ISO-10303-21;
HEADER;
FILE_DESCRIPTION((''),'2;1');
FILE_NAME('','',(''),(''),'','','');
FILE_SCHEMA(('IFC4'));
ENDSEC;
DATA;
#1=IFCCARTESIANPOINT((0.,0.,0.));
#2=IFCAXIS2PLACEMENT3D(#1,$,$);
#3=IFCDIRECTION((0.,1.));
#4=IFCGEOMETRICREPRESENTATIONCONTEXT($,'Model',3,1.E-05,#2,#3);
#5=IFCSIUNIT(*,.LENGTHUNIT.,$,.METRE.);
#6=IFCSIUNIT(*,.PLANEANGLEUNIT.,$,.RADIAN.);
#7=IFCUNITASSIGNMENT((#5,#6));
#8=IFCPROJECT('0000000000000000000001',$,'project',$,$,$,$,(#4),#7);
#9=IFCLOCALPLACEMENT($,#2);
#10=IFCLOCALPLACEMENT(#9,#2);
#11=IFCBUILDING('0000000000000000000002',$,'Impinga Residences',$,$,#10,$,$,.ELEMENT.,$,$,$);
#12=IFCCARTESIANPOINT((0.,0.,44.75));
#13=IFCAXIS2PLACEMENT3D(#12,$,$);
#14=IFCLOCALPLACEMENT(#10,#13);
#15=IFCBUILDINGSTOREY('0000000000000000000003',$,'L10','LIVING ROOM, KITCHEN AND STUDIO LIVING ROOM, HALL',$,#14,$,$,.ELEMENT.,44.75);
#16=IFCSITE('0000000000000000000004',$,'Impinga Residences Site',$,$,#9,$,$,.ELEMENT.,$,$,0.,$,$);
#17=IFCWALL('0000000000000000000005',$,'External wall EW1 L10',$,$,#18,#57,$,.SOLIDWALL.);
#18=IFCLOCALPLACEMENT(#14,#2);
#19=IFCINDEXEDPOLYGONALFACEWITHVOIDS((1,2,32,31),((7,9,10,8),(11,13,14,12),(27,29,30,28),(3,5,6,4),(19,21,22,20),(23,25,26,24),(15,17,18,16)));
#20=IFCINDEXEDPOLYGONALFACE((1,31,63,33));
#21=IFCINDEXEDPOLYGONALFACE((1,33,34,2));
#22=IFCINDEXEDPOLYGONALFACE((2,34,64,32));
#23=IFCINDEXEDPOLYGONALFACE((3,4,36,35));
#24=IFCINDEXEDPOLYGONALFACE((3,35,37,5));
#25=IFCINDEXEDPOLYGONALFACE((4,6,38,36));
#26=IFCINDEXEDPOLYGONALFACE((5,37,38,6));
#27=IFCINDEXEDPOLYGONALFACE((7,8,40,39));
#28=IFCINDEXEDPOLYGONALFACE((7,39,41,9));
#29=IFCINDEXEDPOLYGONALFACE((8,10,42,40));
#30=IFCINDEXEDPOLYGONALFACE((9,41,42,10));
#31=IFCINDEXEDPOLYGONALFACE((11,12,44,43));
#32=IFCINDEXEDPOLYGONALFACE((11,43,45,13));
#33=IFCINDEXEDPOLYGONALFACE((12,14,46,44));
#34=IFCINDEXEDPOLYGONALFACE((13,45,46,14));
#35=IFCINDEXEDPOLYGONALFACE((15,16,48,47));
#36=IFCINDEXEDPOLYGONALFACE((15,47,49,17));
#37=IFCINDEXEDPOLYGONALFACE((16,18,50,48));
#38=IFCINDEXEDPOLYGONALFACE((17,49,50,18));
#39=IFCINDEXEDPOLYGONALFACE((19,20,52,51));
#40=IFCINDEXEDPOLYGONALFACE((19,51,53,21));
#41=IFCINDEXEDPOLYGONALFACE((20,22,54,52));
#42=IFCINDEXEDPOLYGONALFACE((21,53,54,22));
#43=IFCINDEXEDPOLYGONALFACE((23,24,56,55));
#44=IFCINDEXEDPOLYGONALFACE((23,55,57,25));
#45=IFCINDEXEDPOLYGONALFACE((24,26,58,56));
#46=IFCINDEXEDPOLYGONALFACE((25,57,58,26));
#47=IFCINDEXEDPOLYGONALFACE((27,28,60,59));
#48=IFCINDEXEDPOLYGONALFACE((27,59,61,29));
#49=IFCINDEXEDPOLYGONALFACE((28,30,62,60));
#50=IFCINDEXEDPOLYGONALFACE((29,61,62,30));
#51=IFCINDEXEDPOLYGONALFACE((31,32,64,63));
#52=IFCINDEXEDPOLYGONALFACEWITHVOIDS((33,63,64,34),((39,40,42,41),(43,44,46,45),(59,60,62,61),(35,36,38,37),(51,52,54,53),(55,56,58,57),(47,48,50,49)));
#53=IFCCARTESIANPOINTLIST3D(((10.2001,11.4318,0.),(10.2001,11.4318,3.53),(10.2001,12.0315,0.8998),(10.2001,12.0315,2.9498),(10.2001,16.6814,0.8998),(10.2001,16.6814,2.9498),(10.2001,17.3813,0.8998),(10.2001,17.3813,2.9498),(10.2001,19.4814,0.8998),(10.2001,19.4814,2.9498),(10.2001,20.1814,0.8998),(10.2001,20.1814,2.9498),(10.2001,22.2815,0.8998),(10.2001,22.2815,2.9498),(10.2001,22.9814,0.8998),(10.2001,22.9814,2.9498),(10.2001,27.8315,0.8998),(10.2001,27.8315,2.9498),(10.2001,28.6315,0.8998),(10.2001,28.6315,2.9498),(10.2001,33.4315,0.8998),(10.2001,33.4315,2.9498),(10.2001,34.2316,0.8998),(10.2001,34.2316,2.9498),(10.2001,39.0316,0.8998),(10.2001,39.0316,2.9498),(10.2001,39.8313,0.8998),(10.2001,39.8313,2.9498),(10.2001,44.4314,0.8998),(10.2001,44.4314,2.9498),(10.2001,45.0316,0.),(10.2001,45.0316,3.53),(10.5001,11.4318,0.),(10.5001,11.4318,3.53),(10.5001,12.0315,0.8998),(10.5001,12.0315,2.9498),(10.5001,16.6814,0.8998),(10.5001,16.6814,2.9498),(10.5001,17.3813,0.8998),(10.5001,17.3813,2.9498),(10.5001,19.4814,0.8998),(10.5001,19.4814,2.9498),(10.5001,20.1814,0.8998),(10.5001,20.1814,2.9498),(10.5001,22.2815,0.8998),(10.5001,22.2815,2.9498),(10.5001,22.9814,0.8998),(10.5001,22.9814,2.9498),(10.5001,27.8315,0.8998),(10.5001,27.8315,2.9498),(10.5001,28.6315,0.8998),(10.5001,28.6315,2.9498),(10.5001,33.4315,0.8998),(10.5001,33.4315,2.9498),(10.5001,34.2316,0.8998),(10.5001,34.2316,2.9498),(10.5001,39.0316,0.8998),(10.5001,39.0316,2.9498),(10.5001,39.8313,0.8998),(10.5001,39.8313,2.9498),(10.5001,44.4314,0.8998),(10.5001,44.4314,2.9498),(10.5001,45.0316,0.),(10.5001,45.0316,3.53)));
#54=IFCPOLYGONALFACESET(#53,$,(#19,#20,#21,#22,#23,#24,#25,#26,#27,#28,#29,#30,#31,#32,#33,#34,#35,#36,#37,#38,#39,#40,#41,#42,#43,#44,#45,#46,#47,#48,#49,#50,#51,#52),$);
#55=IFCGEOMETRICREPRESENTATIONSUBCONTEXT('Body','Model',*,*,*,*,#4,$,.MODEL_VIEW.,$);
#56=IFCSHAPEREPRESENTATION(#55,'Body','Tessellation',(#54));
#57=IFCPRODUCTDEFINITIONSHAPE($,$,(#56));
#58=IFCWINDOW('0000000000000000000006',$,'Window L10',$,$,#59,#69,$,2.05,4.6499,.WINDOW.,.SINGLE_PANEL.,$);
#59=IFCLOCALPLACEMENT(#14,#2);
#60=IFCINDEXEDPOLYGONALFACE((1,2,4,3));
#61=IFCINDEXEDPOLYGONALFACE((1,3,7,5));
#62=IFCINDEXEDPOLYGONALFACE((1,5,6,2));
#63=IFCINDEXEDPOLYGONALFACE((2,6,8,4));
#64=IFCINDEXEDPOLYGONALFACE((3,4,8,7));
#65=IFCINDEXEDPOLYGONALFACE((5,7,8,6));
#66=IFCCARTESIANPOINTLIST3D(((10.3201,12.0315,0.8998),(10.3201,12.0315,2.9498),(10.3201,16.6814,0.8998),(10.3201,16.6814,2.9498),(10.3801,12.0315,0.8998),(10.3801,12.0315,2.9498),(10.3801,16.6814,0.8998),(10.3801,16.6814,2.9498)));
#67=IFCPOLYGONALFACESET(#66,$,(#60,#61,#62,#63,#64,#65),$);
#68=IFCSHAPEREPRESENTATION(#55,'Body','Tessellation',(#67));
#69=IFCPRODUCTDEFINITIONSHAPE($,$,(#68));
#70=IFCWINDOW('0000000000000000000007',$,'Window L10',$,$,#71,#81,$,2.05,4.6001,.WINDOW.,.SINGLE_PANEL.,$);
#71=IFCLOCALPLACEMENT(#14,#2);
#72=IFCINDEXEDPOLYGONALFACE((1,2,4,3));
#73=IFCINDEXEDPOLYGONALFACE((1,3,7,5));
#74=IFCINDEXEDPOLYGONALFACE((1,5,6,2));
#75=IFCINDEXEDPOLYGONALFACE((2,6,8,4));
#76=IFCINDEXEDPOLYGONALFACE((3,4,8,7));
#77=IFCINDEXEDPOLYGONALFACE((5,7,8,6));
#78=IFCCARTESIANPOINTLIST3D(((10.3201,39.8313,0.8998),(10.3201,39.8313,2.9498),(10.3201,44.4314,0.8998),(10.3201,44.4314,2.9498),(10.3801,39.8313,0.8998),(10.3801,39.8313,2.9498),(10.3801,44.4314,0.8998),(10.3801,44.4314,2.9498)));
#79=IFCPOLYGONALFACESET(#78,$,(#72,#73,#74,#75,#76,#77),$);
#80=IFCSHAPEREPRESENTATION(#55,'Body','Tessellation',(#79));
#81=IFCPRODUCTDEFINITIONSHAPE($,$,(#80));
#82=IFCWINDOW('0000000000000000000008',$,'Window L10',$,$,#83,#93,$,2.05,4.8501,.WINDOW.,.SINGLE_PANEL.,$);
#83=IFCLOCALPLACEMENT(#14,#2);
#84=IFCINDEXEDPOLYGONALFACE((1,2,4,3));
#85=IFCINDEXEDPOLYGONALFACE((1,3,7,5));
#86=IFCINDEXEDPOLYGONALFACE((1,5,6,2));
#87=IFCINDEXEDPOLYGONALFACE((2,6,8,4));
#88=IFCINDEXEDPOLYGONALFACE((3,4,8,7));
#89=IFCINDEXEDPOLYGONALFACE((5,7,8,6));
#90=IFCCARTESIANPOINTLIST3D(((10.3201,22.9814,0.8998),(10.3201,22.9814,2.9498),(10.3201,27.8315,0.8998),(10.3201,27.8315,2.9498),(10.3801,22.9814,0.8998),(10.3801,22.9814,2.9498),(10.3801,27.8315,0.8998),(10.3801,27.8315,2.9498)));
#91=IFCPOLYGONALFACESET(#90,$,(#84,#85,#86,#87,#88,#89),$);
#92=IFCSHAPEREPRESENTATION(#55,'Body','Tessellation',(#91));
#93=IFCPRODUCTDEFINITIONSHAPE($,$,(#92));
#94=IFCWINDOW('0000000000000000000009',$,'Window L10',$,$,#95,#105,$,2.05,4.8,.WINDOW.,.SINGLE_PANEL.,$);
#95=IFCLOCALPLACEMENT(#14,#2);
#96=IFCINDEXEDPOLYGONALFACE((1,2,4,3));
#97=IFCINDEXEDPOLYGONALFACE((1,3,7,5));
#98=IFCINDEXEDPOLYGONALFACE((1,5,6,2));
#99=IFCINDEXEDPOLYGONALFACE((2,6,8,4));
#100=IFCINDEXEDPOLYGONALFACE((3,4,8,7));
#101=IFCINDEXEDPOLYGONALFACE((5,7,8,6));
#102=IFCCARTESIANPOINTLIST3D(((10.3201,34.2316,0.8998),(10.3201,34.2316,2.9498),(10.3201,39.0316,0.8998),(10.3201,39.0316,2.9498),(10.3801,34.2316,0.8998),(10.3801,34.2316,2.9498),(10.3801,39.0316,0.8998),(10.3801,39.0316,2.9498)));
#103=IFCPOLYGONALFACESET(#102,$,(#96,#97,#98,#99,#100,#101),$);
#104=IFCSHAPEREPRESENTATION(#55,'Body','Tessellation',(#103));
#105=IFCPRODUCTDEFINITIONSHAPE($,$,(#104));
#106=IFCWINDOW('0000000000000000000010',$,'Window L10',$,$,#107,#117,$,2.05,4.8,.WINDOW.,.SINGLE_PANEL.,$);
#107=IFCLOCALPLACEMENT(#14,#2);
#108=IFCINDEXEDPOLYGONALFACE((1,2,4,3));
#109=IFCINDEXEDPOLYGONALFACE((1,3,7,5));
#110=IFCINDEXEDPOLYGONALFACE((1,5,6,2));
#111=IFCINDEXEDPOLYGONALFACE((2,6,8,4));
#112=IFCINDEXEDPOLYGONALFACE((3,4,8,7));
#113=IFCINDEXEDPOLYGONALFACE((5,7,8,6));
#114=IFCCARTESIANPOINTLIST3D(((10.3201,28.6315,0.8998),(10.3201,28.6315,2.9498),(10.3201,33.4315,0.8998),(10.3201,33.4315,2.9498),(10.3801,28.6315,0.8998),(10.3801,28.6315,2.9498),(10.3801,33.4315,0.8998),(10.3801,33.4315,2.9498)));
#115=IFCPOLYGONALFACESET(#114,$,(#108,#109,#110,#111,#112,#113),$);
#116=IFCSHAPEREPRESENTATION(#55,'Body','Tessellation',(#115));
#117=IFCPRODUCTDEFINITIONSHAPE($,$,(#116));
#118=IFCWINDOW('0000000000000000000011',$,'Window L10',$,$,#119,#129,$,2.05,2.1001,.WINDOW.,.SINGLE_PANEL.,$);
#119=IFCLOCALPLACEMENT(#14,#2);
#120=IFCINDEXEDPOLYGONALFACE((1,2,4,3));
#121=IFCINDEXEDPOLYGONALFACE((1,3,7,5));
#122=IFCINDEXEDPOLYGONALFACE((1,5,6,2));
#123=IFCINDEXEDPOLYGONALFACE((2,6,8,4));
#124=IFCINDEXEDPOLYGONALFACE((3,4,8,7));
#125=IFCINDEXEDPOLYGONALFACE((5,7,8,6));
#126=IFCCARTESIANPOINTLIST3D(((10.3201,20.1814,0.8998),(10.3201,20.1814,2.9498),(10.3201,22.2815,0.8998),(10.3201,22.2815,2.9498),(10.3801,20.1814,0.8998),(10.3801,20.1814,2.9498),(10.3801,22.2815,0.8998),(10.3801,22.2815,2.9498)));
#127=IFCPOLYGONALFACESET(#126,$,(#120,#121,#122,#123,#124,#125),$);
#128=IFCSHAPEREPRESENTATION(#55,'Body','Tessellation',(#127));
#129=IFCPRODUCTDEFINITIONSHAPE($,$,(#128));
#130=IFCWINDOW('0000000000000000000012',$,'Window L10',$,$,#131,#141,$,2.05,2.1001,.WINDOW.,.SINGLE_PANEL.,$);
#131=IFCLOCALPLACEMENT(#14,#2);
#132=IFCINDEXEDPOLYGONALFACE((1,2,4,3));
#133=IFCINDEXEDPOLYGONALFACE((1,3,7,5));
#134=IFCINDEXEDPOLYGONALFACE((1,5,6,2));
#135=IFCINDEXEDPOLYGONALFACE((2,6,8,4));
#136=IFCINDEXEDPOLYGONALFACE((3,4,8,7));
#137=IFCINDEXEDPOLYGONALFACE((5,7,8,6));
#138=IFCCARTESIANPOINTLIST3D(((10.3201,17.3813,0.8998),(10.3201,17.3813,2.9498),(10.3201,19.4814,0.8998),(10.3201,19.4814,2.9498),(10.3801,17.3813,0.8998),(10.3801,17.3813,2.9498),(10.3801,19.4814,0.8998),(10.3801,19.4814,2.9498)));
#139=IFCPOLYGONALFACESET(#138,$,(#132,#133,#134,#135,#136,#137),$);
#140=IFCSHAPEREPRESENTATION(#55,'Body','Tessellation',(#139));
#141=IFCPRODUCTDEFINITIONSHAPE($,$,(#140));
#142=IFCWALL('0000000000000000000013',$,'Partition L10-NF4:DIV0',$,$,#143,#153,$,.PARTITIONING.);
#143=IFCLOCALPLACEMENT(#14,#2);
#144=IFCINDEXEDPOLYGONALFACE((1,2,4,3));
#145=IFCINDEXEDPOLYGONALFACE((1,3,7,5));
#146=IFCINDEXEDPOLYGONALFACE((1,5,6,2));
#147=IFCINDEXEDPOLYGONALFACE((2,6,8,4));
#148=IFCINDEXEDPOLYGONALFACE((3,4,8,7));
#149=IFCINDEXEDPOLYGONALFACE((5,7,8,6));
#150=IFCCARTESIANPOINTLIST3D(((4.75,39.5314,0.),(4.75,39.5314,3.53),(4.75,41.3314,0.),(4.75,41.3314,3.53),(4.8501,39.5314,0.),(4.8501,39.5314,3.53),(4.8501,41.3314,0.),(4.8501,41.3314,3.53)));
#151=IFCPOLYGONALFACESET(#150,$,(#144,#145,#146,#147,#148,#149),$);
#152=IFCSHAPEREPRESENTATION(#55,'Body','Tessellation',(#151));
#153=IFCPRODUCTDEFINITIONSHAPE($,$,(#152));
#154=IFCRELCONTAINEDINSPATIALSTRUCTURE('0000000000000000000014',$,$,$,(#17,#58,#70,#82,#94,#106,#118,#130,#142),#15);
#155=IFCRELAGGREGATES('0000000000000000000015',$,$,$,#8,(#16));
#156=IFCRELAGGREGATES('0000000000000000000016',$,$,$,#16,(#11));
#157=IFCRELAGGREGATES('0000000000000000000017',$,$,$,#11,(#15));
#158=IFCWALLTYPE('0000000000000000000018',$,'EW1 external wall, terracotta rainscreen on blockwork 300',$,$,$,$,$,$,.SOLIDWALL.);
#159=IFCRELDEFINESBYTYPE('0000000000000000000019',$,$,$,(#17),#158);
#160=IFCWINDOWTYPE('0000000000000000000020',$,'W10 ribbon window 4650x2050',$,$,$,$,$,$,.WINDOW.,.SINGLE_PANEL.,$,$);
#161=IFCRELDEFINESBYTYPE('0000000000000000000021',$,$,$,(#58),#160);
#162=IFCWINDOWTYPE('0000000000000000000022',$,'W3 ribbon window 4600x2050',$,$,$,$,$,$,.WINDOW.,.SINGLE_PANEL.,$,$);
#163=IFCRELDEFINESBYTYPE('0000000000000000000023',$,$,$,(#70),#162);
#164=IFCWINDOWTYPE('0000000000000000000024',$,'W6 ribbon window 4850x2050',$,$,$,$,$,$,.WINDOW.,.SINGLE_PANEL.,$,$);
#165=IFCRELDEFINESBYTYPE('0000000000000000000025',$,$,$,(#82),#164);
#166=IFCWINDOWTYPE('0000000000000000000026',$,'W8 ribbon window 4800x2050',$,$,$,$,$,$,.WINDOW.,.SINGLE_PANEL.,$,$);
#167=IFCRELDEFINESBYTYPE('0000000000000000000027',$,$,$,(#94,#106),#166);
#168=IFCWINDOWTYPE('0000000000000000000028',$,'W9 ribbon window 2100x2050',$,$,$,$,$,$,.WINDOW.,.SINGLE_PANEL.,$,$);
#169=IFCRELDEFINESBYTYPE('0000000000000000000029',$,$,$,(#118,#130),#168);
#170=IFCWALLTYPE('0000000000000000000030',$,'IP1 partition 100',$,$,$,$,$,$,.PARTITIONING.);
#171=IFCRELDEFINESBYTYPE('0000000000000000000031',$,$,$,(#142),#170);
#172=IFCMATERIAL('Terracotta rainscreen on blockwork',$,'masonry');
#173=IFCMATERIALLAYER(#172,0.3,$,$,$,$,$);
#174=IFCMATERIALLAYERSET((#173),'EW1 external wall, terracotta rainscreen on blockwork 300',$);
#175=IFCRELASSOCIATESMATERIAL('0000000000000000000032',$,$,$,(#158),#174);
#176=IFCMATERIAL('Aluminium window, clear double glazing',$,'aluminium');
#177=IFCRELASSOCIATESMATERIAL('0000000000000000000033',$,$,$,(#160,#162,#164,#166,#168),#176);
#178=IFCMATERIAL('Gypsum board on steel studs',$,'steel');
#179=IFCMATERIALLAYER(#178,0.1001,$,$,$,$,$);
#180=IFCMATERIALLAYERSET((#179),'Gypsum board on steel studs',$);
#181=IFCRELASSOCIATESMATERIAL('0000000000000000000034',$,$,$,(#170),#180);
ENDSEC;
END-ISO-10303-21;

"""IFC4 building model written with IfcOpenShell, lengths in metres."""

from ifc_helpers import new_model, si_unit, direction, frame, frame_2d, origin, place, context, subcontext, project, spatial, rectangle, extrude, material, layer, layer_set, type_object, element, fill, save


model = new_model("IFC4")

# Units and contexts
model_context = context("Model", 3, precision=1e-05, world=origin(), true_north=direction((0.0, 1.0)))
body_context = subcontext(model_context, "Body", "Model", "MODEL_VIEW")
ifc_project = project(units=[si_unit("LENGTHUNIT", "METRE"), si_unit("PLANEANGLEUNIT", "RADIAN")], contexts=[model_context])

# Site, building, storey
site_placement = place(None, origin())
site = spatial("IfcSite", under=ifc_project, at=site_placement, Name="Impinga Residences Site", CompositionType="ELEMENT", RefElevation=0.0)
building_placement = place(site_placement, origin())
building = spatial("IfcBuilding", under=site, at=building_placement, Name="Impinga Residences", CompositionType="ELEMENT")
storey_placement = place(building_placement, frame((0.0, 0.0, 44.75)))
storey = spatial("IfcBuildingStorey", under=building, at=storey_placement, Name="L10", Description="LIVING ROOM, KITCHEN AND STUDIO LIVING ROOM, HALL", CompositionType="ELEMENT", Elevation=44.75)

# Shared definitions
ifc_material_1 = material(Name="Terracotta rainscreen on blockwork", Category="masonry")
ifc_layer_1 = layer(ifc_material_1, 0.3)
ifc_layer_set_1 = layer_set([ifc_layer_1], Name="EW1 external wall, terracotta rainscreen on blockwork 300")
wall_type_1 = type_object("IfcWallType", Name="EW1 external wall, terracotta rainscreen on blockwork 300", PredefinedType="SOLIDWALL", material=ifc_layer_set_1)

# Wall, openings, windows
wall_1_placement = place(storey_placement, frame((10.3501, 45.0315, 0.0), z_axis=(0.0, 0.0, 1.0), x_axis=(0.0, -1.0, 0.0)))
wall_1 = element("IfcWall", 1, at=wall_1_placement, inside=storey, type_object=wall_type_1, Name="External wall EW1 L10", PredefinedType="SOLIDWALL", context=body_context, shape_type="SweptSolid", body=[
    extrude(rectangle(XDim=33.5999, YDim=0.3, at=frame_2d((16.7998, 0.0))), origin(), (0.0, 0.0, 1.0), 3.53),
])
opening_1_placement = place(wall_1_placement, frame((0.6001, 0.0, 0.8999)))
opening_1 = element("IfcOpeningElement", 2, at=opening_1_placement, cuts=wall_1, PredefinedType="OPENING", context=body_context, shape_type="SweptSolid", body=[
    extrude(rectangle(XDim=4.6001, YDim=2.05, at=frame_2d((2.3, 1.0249))), frame((0.0, 0.1599, 0.0), z_axis=(0.0, -1.0, 0.0), x_axis=(1.0, 0.0, 0.0)), (0.0, 0.0, 1.0), 0.3201),
])
opening_2_placement = place(wall_1_placement, frame((6.0, 0.0, 0.8999)))
opening_2 = element("IfcOpeningElement", 3, at=opening_2_placement, cuts=wall_1, PredefinedType="OPENING", context=body_context, shape_type="SweptSolid", body=[
    extrude(rectangle(XDim=4.8, YDim=2.05, at=frame_2d((2.3999, 1.0249))), frame((0.0, 0.1599, 0.0), z_axis=(0.0, -1.0, 0.0), x_axis=(1.0, 0.0, 0.0)), (0.0, 0.0, 1.0), 0.3201),
])
opening_3_placement = place(wall_1_placement, frame((11.6001, 0.0, 0.8999)))
opening_3 = element("IfcOpeningElement", 4, at=opening_3_placement, cuts=wall_1, PredefinedType="OPENING", context=body_context, shape_type="SweptSolid", body=[
    extrude(rectangle(XDim=4.8, YDim=2.05, at=frame_2d((2.3999, 1.0249))), frame((0.0, 0.1599, 0.0), z_axis=(0.0, -1.0, 0.0), x_axis=(1.0, 0.0, 0.0)), (0.0, 0.0, 1.0), 0.3201),
])
opening_4_placement = place(wall_1_placement, frame((17.2, 0.0, 0.8999)))
opening_4 = element("IfcOpeningElement", 5, at=opening_4_placement, cuts=wall_1, PredefinedType="OPENING", context=body_context, shape_type="SweptSolid", body=[
    extrude(rectangle(XDim=4.8501, YDim=2.05, at=frame_2d((2.425, 1.0249))), frame((0.0, 0.1599, 0.0), z_axis=(0.0, -1.0, 0.0), x_axis=(1.0, 0.0, 0.0)), (0.0, 0.0, 1.0), 0.3201),
])
opening_5_placement = place(wall_1_placement, frame((22.75, 0.0, 0.8999)))
opening_5 = element("IfcOpeningElement", 6, at=opening_5_placement, cuts=wall_1, PredefinedType="OPENING", context=body_context, shape_type="SweptSolid", body=[
    extrude(rectangle(XDim=2.1001, YDim=2.05, at=frame_2d((1.05, 1.0249))), frame((0.0, 0.1599, 0.0), z_axis=(0.0, -1.0, 0.0), x_axis=(1.0, 0.0, 0.0)), (0.0, 0.0, 1.0), 0.3201),
])
opening_6_placement = place(wall_1_placement, frame((25.55, 0.0, 0.8999)))
opening_6 = element("IfcOpeningElement", 7, at=opening_6_placement, cuts=wall_1, PredefinedType="OPENING", context=body_context, shape_type="SweptSolid", body=[
    extrude(rectangle(XDim=2.1001, YDim=2.05, at=frame_2d((1.05, 1.0249))), frame((0.0, 0.1599, 0.0), z_axis=(0.0, -1.0, 0.0), x_axis=(1.0, 0.0, 0.0)), (0.0, 0.0, 1.0), 0.3201),
])
opening_7_placement = place(wall_1_placement, frame((28.3501, 0.0, 0.8999)))
opening_7 = element("IfcOpeningElement", 8, at=opening_7_placement, cuts=wall_1, PredefinedType="OPENING", context=body_context, shape_type="SweptSolid", body=[
    extrude(rectangle(XDim=4.6499, YDim=2.05, at=frame_2d((2.325, 1.0249))), frame((0.0, 0.1599, 0.0), z_axis=(0.0, -1.0, 0.0), x_axis=(1.0, 0.0, 0.0)), (0.0, 0.0, 1.0), 0.3201),
])
ifc_material_2 = material(Name="Aluminium window, clear double glazing", Category="aluminium")
window_type_1 = type_object("IfcWindowType", Name="W10 ribbon window 4650x2050", PartitioningType="SINGLE_PANEL", PredefinedType="WINDOW", material=ifc_material_2)
window_1_placement = place(opening_7_placement, origin())
window_1 = element("IfcWindow", 9, at=window_1_placement, inside=storey, type_object=window_type_1, Name="Window L10", OverallHeight=2.05, OverallWidth=4.6499, PartitioningType="SINGLE_PANEL", PredefinedType="WINDOW", context=body_context, shape_type="SweptSolid", body=[
    extrude(rectangle(XDim=4.6499, YDim=2.05, at=frame_2d((2.325, 1.0249))), frame((0.0, 0.03, 0.0), z_axis=(0.0, -1.0, 0.0), x_axis=(1.0, 0.0, 0.0)), (0.0, 0.0, 1.0), 0.0601),
])
fill(opening_7, window_1)
window_type_2 = type_object("IfcWindowType", Name="W3 ribbon window 4600x2050", PartitioningType="SINGLE_PANEL", PredefinedType="WINDOW", material=ifc_material_2)
window_2_placement = place(opening_1_placement, origin())
window_2 = element("IfcWindow", 10, at=window_2_placement, inside=storey, type_object=window_type_2, Name="Window L10", OverallHeight=2.05, OverallWidth=4.6001, PartitioningType="SINGLE_PANEL", PredefinedType="WINDOW", context=body_context, shape_type="SweptSolid", body=[
    extrude(rectangle(XDim=4.6001, YDim=2.05, at=frame_2d((2.3, 1.0249))), frame((0.0, 0.03, 0.0), z_axis=(0.0, -1.0, 0.0), x_axis=(1.0, 0.0, 0.0)), (0.0, 0.0, 1.0), 0.0601),
])
fill(opening_1, window_2)
window_type_3 = type_object("IfcWindowType", Name="W6 ribbon window 4850x2050", PartitioningType="SINGLE_PANEL", PredefinedType="WINDOW", material=ifc_material_2)
window_3_placement = place(opening_4_placement, origin())
window_3 = element("IfcWindow", 11, at=window_3_placement, inside=storey, type_object=window_type_3, Name="Window L10", OverallHeight=2.05, OverallWidth=4.8501, PartitioningType="SINGLE_PANEL", PredefinedType="WINDOW", context=body_context, shape_type="SweptSolid", body=[
    extrude(rectangle(XDim=4.8501, YDim=2.05, at=frame_2d((2.425, 1.0249))), frame((0.0, 0.03, 0.0), z_axis=(0.0, -1.0, 0.0), x_axis=(1.0, 0.0, 0.0)), (0.0, 0.0, 1.0), 0.0601),
])
fill(opening_4, window_3)
window_type_4 = type_object("IfcWindowType", Name="W8 ribbon window 4800x2050", PartitioningType="SINGLE_PANEL", PredefinedType="WINDOW", material=ifc_material_2)
window_4_placement = place(opening_2_placement, origin())
window_4 = element("IfcWindow", 12, at=window_4_placement, inside=storey, type_object=window_type_4, Name="Window L10", OverallHeight=2.05, OverallWidth=4.8, PartitioningType="SINGLE_PANEL", PredefinedType="WINDOW", context=body_context, shape_type="SweptSolid", body=[
    extrude(rectangle(XDim=4.8, YDim=2.05, at=frame_2d((2.3999, 1.0249))), frame((0.0, 0.03, 0.0), z_axis=(0.0, -1.0, 0.0), x_axis=(1.0, 0.0, 0.0)), (0.0, 0.0, 1.0), 0.0601),
])
fill(opening_2, window_4)
window_5_placement = place(opening_3_placement, origin())
window_5 = element("IfcWindow", 13, at=window_5_placement, inside=storey, type_object=window_type_4, Name="Window L10", OverallHeight=2.05, OverallWidth=4.8, PartitioningType="SINGLE_PANEL", PredefinedType="WINDOW", context=body_context, shape_type="SweptSolid", body=[
    extrude(rectangle(XDim=4.8, YDim=2.05, at=frame_2d((2.3999, 1.0249))), frame((0.0, 0.03, 0.0), z_axis=(0.0, -1.0, 0.0), x_axis=(1.0, 0.0, 0.0)), (0.0, 0.0, 1.0), 0.0601),
])
fill(opening_3, window_5)
window_type_5 = type_object("IfcWindowType", Name="W9 ribbon window 2100x2050", PartitioningType="SINGLE_PANEL", PredefinedType="WINDOW", material=ifc_material_2)
window_6_placement = place(opening_5_placement, origin())
window_6 = element("IfcWindow", 14, at=window_6_placement, inside=storey, type_object=window_type_5, Name="Window L10", OverallHeight=2.05, OverallWidth=2.1001, PartitioningType="SINGLE_PANEL", PredefinedType="WINDOW", context=body_context, shape_type="SweptSolid", body=[
    extrude(rectangle(XDim=2.1001, YDim=2.05, at=frame_2d((1.05, 1.0249))), frame((0.0, 0.03, 0.0), z_axis=(0.0, -1.0, 0.0), x_axis=(1.0, 0.0, 0.0)), (0.0, 0.0, 1.0), 0.0601),
])
fill(opening_5, window_6)
window_7_placement = place(opening_6_placement, origin())
window_7 = element("IfcWindow", 15, at=window_7_placement, inside=storey, type_object=window_type_5, Name="Window L10", OverallHeight=2.05, OverallWidth=2.1001, PartitioningType="SINGLE_PANEL", PredefinedType="WINDOW", context=body_context, shape_type="SweptSolid", body=[
    extrude(rectangle(XDim=2.1001, YDim=2.05, at=frame_2d((1.05, 1.0249))), frame((0.0, 0.03, 0.0), z_axis=(0.0, -1.0, 0.0), x_axis=(1.0, 0.0, 0.0)), (0.0, 0.0, 1.0), 0.0601),
])
fill(opening_6, window_7)

# Wall
ifc_material_3 = material(Name="Gypsum board on steel studs", Category="steel")
ifc_layer_2 = layer(ifc_material_3, 0.1001)
ifc_layer_set_2 = layer_set([ifc_layer_2], Name="Gypsum board on steel studs")
wall_type_2 = type_object("IfcWallType", Name="IP1 partition 100", PredefinedType="PARTITIONING", material=ifc_layer_set_2)
wall_2_placement = place(storey_placement, frame((4.8, 39.5315, 0.0), z_axis=(0.0, 0.0, 1.0), x_axis=(0.0, 1.0, 0.0)))
element("IfcWall", 16, at=wall_2_placement, inside=storey, type_object=wall_type_2, Name="Partition L10-NF4:DIV0", PredefinedType="PARTITIONING", context=body_context, shape_type="SweptSolid", body=[
    extrude(rectangle(XDim=1.8, YDim=0.1001, at=frame_2d((0.8999, 0.0))), origin(), (0.0, 0.0, 1.0), 3.53),
])

save(model, "model.ifc")
